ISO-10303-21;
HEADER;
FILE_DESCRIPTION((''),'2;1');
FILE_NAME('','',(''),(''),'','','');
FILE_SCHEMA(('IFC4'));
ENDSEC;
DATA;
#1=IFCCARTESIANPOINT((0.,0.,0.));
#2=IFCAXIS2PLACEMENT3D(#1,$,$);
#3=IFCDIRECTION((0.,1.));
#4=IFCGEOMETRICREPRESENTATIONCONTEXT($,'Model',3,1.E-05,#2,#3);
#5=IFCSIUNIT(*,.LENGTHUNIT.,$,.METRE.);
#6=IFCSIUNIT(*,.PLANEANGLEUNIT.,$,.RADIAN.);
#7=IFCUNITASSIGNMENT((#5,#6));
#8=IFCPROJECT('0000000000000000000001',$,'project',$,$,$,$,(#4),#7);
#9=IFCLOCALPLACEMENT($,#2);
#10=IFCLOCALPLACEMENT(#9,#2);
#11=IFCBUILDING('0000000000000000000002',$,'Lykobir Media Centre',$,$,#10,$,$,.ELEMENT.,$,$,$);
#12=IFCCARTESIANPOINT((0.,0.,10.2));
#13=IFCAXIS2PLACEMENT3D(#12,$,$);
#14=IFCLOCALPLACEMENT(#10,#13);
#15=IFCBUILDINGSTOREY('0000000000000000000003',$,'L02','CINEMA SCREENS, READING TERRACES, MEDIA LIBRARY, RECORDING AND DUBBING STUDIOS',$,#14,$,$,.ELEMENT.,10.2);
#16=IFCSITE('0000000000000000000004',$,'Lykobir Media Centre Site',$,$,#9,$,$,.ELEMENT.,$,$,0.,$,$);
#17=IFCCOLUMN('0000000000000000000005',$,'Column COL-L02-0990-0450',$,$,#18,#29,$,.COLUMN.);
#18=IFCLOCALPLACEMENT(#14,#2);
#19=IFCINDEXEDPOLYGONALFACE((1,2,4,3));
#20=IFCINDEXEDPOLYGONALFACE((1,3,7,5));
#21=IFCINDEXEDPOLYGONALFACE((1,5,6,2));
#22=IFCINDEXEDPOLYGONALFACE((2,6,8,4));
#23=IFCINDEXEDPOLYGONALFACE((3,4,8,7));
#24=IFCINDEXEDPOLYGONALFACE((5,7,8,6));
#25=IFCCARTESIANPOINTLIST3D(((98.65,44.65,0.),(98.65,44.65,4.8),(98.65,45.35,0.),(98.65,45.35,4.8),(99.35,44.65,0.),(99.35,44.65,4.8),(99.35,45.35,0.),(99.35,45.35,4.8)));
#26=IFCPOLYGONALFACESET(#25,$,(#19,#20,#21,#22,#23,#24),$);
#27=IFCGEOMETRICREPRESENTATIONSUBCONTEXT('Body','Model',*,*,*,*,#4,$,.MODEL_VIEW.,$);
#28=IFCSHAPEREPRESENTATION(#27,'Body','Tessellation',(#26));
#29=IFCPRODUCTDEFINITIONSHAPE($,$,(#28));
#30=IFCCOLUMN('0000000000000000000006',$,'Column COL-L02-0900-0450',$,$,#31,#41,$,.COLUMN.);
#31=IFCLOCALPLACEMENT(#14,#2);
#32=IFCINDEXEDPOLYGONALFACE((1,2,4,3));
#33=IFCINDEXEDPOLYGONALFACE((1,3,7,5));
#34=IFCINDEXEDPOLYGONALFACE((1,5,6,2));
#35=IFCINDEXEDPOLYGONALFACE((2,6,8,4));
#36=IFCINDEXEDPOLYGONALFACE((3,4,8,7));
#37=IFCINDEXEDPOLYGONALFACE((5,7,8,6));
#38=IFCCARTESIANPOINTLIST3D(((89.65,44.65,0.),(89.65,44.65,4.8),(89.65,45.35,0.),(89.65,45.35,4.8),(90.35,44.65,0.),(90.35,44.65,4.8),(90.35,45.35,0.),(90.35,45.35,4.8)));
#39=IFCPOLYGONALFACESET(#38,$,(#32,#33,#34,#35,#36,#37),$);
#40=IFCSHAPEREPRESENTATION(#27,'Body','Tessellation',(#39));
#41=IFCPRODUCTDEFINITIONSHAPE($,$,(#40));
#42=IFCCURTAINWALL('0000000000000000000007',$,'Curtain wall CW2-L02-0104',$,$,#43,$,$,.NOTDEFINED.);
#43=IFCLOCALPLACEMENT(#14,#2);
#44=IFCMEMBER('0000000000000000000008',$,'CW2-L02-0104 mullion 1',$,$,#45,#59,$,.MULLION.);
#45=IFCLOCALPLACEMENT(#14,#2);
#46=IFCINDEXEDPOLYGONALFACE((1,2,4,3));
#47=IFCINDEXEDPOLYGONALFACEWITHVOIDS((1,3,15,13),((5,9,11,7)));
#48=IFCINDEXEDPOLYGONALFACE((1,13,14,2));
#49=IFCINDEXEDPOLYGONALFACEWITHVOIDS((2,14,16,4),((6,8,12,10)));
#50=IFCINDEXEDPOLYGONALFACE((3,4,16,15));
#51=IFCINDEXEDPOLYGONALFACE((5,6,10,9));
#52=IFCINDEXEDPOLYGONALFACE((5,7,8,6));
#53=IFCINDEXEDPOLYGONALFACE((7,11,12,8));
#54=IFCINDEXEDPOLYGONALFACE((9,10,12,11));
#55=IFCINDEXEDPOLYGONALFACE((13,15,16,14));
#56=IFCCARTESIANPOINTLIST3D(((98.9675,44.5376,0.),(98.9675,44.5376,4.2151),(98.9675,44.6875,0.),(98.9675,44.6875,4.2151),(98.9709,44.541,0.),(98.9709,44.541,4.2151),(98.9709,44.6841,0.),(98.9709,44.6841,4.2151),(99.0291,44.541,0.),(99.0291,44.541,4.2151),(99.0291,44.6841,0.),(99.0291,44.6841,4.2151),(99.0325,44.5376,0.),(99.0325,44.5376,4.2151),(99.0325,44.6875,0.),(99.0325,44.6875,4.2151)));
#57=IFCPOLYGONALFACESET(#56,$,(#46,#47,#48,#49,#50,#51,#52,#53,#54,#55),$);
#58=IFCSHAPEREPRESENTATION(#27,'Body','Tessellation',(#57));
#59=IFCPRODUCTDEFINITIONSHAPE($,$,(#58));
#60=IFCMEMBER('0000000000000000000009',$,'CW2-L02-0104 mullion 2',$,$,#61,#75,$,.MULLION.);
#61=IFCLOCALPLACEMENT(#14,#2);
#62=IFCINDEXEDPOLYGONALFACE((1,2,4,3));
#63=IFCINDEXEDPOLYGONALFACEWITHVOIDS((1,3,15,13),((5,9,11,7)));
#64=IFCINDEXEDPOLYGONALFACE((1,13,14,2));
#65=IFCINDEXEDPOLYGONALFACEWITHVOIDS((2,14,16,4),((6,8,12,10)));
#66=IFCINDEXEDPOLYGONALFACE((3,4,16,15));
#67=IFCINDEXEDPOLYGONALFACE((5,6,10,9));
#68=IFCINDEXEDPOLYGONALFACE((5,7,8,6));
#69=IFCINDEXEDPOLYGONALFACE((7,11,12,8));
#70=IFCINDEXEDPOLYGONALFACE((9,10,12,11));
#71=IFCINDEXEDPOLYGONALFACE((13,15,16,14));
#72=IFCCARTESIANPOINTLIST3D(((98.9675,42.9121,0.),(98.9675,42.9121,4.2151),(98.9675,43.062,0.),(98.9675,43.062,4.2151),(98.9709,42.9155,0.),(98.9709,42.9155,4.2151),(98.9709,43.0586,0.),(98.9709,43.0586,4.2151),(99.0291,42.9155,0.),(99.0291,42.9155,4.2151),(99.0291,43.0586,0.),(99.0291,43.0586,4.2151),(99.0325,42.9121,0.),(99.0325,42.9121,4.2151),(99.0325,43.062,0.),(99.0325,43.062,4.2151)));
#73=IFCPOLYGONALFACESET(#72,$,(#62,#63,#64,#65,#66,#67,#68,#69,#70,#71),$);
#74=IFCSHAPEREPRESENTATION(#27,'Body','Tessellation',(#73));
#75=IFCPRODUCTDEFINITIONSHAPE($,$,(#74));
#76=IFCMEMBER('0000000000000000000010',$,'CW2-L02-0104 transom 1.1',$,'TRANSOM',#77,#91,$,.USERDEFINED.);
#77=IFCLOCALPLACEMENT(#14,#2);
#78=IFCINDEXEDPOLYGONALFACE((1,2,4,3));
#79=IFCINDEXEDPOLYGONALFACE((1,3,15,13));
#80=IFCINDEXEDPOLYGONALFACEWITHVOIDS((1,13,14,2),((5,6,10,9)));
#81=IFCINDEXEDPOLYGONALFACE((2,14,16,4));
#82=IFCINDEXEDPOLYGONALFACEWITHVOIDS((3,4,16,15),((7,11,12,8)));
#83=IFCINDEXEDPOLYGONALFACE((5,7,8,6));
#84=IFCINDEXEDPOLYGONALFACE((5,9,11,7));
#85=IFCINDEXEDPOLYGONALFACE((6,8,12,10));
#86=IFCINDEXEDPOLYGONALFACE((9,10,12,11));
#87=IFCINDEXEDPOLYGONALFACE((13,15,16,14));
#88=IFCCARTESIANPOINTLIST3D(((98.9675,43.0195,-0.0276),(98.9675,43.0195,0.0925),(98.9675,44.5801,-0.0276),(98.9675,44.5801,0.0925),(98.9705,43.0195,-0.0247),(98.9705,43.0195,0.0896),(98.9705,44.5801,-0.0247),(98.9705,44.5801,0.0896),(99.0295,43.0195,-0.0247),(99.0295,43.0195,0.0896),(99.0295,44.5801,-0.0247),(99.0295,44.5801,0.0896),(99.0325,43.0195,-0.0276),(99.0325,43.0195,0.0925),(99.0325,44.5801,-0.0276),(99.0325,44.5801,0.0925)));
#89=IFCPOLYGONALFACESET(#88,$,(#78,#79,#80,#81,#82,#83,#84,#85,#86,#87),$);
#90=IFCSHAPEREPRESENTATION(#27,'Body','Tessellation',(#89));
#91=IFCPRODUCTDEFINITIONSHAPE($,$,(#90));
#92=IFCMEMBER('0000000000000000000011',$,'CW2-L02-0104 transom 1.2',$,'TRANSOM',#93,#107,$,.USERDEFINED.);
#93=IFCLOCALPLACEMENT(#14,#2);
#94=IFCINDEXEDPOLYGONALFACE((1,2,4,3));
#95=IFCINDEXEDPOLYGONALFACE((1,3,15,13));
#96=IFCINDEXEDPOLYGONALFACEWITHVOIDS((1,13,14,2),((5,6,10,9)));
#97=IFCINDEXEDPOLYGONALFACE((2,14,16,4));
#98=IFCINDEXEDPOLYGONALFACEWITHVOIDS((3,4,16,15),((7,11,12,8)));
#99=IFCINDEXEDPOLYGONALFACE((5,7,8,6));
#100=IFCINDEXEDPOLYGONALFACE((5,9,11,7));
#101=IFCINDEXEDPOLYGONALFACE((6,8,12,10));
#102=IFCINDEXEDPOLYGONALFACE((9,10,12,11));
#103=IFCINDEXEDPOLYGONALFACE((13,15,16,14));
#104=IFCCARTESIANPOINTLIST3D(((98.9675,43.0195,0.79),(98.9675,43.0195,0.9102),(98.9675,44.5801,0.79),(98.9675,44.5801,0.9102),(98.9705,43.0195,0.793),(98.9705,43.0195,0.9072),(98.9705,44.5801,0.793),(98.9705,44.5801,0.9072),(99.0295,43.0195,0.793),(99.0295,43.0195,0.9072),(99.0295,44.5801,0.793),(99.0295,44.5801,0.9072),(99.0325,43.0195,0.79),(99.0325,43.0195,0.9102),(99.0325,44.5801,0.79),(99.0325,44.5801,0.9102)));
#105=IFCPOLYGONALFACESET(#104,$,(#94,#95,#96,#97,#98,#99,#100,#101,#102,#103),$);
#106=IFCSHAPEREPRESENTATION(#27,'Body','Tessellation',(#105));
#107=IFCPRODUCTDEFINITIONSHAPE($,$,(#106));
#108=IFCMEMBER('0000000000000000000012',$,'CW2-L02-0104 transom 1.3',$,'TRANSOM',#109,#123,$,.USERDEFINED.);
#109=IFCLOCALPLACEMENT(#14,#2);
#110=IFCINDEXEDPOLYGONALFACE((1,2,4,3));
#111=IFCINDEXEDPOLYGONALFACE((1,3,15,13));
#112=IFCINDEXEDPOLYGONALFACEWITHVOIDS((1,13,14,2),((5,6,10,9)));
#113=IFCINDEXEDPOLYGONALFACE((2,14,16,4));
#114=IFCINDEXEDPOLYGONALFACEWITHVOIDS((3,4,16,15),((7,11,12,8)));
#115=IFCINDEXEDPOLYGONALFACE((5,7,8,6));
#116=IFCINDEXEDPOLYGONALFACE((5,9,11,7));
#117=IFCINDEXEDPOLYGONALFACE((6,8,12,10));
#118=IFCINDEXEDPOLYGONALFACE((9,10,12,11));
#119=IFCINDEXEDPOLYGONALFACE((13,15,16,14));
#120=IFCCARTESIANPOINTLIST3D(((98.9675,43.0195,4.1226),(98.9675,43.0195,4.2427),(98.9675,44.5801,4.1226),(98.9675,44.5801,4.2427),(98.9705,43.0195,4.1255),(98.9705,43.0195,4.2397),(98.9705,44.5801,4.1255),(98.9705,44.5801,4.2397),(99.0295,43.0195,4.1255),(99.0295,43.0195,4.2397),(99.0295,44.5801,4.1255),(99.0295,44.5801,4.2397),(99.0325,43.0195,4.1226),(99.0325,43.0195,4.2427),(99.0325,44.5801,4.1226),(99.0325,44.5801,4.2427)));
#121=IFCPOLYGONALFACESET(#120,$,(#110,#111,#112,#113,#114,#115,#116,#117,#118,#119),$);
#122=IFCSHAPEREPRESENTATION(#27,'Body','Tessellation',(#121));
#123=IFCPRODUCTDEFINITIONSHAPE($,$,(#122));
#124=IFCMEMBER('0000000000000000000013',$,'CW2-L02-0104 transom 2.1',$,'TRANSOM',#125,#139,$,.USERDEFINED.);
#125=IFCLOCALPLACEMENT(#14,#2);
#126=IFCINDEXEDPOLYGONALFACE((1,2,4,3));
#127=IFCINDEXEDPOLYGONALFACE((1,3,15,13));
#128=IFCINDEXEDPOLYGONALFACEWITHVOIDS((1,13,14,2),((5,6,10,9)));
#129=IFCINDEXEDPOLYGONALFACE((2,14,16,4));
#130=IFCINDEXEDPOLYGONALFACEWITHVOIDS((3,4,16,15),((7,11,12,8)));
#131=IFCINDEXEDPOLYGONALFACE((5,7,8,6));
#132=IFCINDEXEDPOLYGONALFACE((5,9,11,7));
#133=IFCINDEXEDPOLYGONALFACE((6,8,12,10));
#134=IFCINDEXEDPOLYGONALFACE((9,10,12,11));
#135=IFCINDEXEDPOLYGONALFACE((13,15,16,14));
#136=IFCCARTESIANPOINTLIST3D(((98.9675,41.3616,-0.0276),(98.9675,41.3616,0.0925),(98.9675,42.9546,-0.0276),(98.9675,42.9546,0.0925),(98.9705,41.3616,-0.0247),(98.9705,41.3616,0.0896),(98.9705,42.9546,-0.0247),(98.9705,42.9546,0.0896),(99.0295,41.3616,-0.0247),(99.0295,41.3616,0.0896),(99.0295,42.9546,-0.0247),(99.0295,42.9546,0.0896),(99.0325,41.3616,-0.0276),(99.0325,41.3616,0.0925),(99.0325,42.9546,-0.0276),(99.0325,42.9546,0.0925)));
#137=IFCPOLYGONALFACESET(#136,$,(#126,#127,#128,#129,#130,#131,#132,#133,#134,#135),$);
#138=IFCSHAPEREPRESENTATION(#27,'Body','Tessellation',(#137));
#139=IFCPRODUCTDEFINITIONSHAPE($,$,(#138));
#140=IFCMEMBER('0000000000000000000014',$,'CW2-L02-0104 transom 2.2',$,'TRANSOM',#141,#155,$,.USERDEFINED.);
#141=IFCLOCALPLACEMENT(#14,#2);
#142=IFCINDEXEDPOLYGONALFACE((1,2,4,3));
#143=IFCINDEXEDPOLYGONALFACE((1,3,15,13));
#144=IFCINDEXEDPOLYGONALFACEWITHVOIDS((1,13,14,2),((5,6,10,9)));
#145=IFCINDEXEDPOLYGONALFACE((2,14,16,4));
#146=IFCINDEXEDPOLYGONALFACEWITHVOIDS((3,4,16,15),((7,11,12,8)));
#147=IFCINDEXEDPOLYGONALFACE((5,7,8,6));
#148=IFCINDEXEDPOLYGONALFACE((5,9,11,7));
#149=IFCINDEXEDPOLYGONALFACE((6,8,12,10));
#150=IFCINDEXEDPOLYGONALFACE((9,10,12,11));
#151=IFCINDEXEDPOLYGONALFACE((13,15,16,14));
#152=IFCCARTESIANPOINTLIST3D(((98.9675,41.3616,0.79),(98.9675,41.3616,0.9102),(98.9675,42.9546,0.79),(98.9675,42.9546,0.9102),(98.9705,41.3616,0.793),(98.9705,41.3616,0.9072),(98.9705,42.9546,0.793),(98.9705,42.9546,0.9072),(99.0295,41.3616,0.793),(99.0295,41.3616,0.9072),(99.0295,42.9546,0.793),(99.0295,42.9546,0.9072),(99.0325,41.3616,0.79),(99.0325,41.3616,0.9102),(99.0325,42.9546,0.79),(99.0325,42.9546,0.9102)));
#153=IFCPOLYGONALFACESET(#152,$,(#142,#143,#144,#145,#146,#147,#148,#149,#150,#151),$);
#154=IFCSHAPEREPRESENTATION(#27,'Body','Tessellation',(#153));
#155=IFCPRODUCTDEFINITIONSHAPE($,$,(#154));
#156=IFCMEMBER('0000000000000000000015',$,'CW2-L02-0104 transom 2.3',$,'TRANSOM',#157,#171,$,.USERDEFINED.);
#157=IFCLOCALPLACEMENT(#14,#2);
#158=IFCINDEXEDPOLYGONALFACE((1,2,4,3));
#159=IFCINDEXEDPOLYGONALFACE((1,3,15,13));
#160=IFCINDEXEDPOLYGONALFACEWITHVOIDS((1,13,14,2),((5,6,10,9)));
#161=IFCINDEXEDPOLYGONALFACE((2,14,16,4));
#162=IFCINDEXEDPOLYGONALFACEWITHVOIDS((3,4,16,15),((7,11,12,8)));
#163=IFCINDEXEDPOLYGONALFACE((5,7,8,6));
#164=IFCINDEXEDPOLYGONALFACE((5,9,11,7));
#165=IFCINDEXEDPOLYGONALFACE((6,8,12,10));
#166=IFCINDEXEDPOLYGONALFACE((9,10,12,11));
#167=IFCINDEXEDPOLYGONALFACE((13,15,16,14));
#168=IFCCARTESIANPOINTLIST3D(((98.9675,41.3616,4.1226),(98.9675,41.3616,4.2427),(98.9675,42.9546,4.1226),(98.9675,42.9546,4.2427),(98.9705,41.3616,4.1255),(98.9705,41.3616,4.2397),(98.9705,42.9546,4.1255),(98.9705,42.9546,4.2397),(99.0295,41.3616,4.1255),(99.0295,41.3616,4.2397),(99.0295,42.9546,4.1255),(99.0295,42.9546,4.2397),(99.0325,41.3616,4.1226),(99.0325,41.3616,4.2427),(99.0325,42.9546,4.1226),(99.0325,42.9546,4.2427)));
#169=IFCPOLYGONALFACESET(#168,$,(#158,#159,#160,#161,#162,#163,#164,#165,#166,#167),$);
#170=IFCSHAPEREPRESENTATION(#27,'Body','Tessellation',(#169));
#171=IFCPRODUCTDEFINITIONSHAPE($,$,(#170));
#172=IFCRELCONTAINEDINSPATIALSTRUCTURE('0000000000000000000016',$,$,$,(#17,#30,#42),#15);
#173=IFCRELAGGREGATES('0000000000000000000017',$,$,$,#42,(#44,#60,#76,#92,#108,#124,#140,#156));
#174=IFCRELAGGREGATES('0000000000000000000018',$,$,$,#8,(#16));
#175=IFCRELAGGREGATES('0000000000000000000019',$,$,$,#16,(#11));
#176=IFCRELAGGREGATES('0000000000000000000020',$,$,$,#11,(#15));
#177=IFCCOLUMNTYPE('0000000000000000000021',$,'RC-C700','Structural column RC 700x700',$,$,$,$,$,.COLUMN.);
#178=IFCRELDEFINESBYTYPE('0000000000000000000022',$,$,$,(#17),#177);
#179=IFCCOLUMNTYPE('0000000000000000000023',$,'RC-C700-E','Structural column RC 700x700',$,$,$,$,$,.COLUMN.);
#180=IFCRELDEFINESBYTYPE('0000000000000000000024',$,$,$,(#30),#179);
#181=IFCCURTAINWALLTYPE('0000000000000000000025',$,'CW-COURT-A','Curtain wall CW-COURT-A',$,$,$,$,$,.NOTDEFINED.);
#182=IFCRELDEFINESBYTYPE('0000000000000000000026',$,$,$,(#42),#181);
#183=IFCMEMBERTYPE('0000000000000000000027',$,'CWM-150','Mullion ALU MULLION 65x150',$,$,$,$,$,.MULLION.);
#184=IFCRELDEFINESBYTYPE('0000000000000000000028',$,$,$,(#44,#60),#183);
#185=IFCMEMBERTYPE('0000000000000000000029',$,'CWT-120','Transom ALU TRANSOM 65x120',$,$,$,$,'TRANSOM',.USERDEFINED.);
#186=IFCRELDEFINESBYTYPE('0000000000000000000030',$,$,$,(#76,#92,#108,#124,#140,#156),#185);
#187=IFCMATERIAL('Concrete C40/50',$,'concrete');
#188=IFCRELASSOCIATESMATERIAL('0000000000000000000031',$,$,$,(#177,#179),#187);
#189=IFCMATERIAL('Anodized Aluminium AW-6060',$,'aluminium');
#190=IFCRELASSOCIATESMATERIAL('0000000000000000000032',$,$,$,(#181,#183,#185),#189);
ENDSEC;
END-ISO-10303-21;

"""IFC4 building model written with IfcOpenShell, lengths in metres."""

from ifc_helpers import new_model, si_unit, direction, frame, origin, origin_2d, place, context, subcontext, project, spatial, rectangle, hollow_rectangle, extrude, material, material_profile, profile_set, type_object, element, aggregate, save


model = new_model("IFC4")

# Units and contexts
model_context = context("Model", 3, precision=1e-05, world=origin(), true_north=direction((0.0, 1.0)))
body_context = subcontext(model_context, "Body", "Model", "MODEL_VIEW")
ifc_project = project(units=[si_unit("LENGTHUNIT", "METRE"), si_unit("PLANEANGLEUNIT", "RADIAN")], contexts=[model_context])

# Site, building, storey
site_placement = place(None, origin())
site = spatial("IfcSite", under=ifc_project, at=site_placement, Name="Lykobir Media Centre Site", CompositionType="ELEMENT", RefElevation=0.0)
building_placement = place(site_placement, origin())
building = spatial("IfcBuilding", under=site, at=building_placement, Name="Lykobir Media Centre", CompositionType="ELEMENT")
storey_placement = place(building_placement, frame((0.0, 0.0, 10.2)))
storey = spatial("IfcBuildingStorey", under=building, at=storey_placement, Name="L02", Description="CINEMA SCREENS, READING TERRACES, MEDIA LIBRARY, RECORDING AND DUBBING STUDIOS", CompositionType="ELEMENT", Elevation=10.2)

# Columns
ifc_material_1 = material(Name="Concrete C40/50", Category="concrete")
ifc_material_profile_1 = material_profile(ifc_material_1, rectangle(XDim=0.7, YDim=0.7, at=origin_2d()), Name="RC 700x700")
ifc_profile_set_1 = profile_set([ifc_material_profile_1], Name="Concrete C40/50")
column_type_1 = type_object("IfcColumnType", Name="RC-C700", Description="Structural column RC 700x700", PredefinedType="COLUMN", material=ifc_profile_set_1)
column_1_placement = place(storey_placement, frame((99.0, 45.0, 0.0), z_axis=(0.0, 0.0, 1.0), x_axis=(1.0, 0.0, 0.0)))
element("IfcColumn", 1, at=column_1_placement, inside=storey, type_object=column_type_1, Name="Column COL-L02-0990-0450", PredefinedType="COLUMN", context=body_context, shape_type="SweptSolid", body=[
    extrude(rectangle(XDim=0.7, YDim=0.7, at=origin_2d()), origin(), (0.0, 0.0, 1.0), 4.8),
])
ifc_material_profile_2 = material_profile(ifc_material_1, rectangle(XDim=0.7, YDim=0.7, at=origin_2d()), Name="RC 700x700")
ifc_profile_set_2 = profile_set([ifc_material_profile_2], Name="Concrete C40/50")
column_type_2 = type_object("IfcColumnType", Name="RC-C700-E", Description="Structural column RC 700x700", PredefinedType="COLUMN", material=ifc_profile_set_2)
column_2_placement = place(storey_placement, frame((90.0, 45.0, 0.0), z_axis=(0.0, 0.0, 1.0), x_axis=(1.0, 0.0, 0.0)))
element("IfcColumn", 2, at=column_2_placement, inside=storey, type_object=column_type_2, Name="Column COL-L02-0900-0450", PredefinedType="COLUMN", context=body_context, shape_type="SweptSolid", body=[
    extrude(rectangle(XDim=0.7, YDim=0.7, at=origin_2d()), origin(), (0.0, 0.0, 1.0), 4.8),
])

# Curtain wall, members
ifc_material_2 = material(Name="Anodized Aluminium AW-6060", Category="aluminium")
curtain_wall_type = type_object("IfcCurtainWallType", Name="CW-COURT-A", Description="Curtain wall CW-COURT-A", PredefinedType="NOTDEFINED", material=ifc_material_2)
curtain_wall_placement = place(storey_placement, origin())
curtain_wall = element("IfcCurtainWall", 3, at=curtain_wall_placement, inside=storey, type_object=curtain_wall_type, Name="Curtain wall CW2-L02-0104", PredefinedType="NOTDEFINED")
ifc_material_profile_3 = material_profile(ifc_material_2, hollow_rectangle(XDim=0.0649, YDim=0.1499, WallThickness=0.0034, at=origin_2d()), Name="ALU MULLION 65x150")
ifc_profile_set_3 = profile_set([ifc_material_profile_3], Name="Anodized Aluminium AW-6060")
member_type_1 = type_object("IfcMemberType", Name="CWM-150", Description="Mullion ALU MULLION 65x150", PredefinedType="MULLION", material=ifc_profile_set_3)
member_1_placement = place(storey_placement, frame((99.0, 44.6125, 0.0), z_axis=(0.0, 0.0, 1.0), x_axis=(1.0, 0.0, 0.0)))
member_1 = element("IfcMember", 4, at=member_1_placement, type_object=member_type_1, Name="CW2-L02-0104 mullion 1", PredefinedType="MULLION", context=body_context, shape_type="SweptSolid", body=[
    extrude(hollow_rectangle(XDim=0.0649, YDim=0.1499, WallThickness=0.0034, at=origin_2d()), origin(), (0.0, 0.0, 1.0), 4.2151),
])
member_2_placement = place(storey_placement, frame((99.0, 42.9871, 0.0), z_axis=(0.0, 0.0, 1.0), x_axis=(1.0, 0.0, 0.0)))
member_2 = element("IfcMember", 5, at=member_2_placement, type_object=member_type_1, Name="CW2-L02-0104 mullion 2", PredefinedType="MULLION", context=body_context, shape_type="SweptSolid", body=[
    extrude(hollow_rectangle(XDim=0.0649, YDim=0.1499, WallThickness=0.0034, at=origin_2d()), origin(), (0.0, 0.0, 1.0), 4.2151),
])
ifc_material_profile_4 = material_profile(ifc_material_2, hollow_rectangle(XDim=0.0649, YDim=0.1201, WallThickness=0.0029, at=origin_2d()), Name="ALU TRANSOM 65x120")
ifc_profile_set_4 = profile_set([ifc_material_profile_4], Name="Anodized Aluminium AW-6060")
member_type_2 = type_object("IfcMemberType", Name="CWT-120", Description="Transom ALU TRANSOM 65x120", ElementType="TRANSOM", PredefinedType="USERDEFINED", material=ifc_profile_set_4)
member_3_placement = place(storey_placement, frame((99.0, 44.5801, 0.0325), z_axis=(0.0, -1.0, 0.0), x_axis=(1.0, 0.0, 0.0)))
member_3 = element("IfcMember", 6, at=member_3_placement, type_object=member_type_2, Name="CW2-L02-0104 transom 1.1", ObjectType="TRANSOM", PredefinedType="USERDEFINED", context=body_context, shape_type="SweptSolid", body=[
    extrude(hollow_rectangle(XDim=0.0649, YDim=0.1201, WallThickness=0.0029, at=origin_2d()), origin(), (0.0, 0.0, 1.0), 1.5605),
])
member_4_placement = place(storey_placement, frame((99.0, 44.5801, 0.8501), z_axis=(0.0, -1.0, 0.0), x_axis=(1.0, 0.0, 0.0)))
member_4 = element("IfcMember", 7, at=member_4_placement, type_object=member_type_2, Name="CW2-L02-0104 transom 1.2", ObjectType="TRANSOM", PredefinedType="USERDEFINED", context=body_context, shape_type="SweptSolid", body=[
    extrude(hollow_rectangle(XDim=0.0649, YDim=0.1201, WallThickness=0.0029, at=origin_2d()), origin(), (0.0, 0.0, 1.0), 1.5605),
])
member_5_placement = place(storey_placement, frame((99.0, 44.5801, 4.1826), z_axis=(0.0, -1.0, 0.0), x_axis=(1.0, 0.0, 0.0)))
member_5 = element("IfcMember", 8, at=member_5_placement, type_object=member_type_2, Name="CW2-L02-0104 transom 1.3", ObjectType="TRANSOM", PredefinedType="USERDEFINED", context=body_context, shape_type="SweptSolid", body=[
    extrude(hollow_rectangle(XDim=0.0649, YDim=0.1201, WallThickness=0.0029, at=origin_2d()), origin(), (0.0, 0.0, 1.0), 1.5605),
])
member_6_placement = place(storey_placement, frame((99.0, 42.9546, 0.0325), z_axis=(0.0, -1.0, 0.0), x_axis=(1.0, 0.0, 0.0)))
member_6 = element("IfcMember", 9, at=member_6_placement, type_object=member_type_2, Name="CW2-L02-0104 transom 2.1", ObjectType="TRANSOM", PredefinedType="USERDEFINED", context=body_context, shape_type="SweptSolid", body=[
    extrude(hollow_rectangle(XDim=0.0649, YDim=0.1201, WallThickness=0.0029, at=origin_2d()), origin(), (0.0, 0.0, 1.0), 1.593),
])
member_7_placement = place(storey_placement, frame((99.0, 42.9546, 0.8501), z_axis=(0.0, -1.0, 0.0), x_axis=(1.0, 0.0, 0.0)))
member_7 = element("IfcMember", 10, at=member_7_placement, type_object=member_type_2, Name="CW2-L02-0104 transom 2.2", ObjectType="TRANSOM", PredefinedType="USERDEFINED", context=body_context, shape_type="SweptSolid", body=[
    extrude(hollow_rectangle(XDim=0.0649, YDim=0.1201, WallThickness=0.0029, at=origin_2d()), origin(), (0.0, 0.0, 1.0), 1.593),
])
member_8_placement = place(storey_placement, frame((99.0, 42.9546, 4.1826), z_axis=(0.0, -1.0, 0.0), x_axis=(1.0, 0.0, 0.0)))
member_8 = element("IfcMember", 11, at=member_8_placement, type_object=member_type_2, Name="CW2-L02-0104 transom 2.3", ObjectType="TRANSOM", PredefinedType="USERDEFINED", context=body_context, shape_type="SweptSolid", body=[
    extrude(hollow_rectangle(XDim=0.0649, YDim=0.1201, WallThickness=0.0029, at=origin_2d()), origin(), (0.0, 0.0, 1.0), 1.593),
])

aggregate(curtain_wall, [member_1, member_2, member_3, member_4, member_5, member_6, member_7, member_8])

save(model, "model.ifc")
